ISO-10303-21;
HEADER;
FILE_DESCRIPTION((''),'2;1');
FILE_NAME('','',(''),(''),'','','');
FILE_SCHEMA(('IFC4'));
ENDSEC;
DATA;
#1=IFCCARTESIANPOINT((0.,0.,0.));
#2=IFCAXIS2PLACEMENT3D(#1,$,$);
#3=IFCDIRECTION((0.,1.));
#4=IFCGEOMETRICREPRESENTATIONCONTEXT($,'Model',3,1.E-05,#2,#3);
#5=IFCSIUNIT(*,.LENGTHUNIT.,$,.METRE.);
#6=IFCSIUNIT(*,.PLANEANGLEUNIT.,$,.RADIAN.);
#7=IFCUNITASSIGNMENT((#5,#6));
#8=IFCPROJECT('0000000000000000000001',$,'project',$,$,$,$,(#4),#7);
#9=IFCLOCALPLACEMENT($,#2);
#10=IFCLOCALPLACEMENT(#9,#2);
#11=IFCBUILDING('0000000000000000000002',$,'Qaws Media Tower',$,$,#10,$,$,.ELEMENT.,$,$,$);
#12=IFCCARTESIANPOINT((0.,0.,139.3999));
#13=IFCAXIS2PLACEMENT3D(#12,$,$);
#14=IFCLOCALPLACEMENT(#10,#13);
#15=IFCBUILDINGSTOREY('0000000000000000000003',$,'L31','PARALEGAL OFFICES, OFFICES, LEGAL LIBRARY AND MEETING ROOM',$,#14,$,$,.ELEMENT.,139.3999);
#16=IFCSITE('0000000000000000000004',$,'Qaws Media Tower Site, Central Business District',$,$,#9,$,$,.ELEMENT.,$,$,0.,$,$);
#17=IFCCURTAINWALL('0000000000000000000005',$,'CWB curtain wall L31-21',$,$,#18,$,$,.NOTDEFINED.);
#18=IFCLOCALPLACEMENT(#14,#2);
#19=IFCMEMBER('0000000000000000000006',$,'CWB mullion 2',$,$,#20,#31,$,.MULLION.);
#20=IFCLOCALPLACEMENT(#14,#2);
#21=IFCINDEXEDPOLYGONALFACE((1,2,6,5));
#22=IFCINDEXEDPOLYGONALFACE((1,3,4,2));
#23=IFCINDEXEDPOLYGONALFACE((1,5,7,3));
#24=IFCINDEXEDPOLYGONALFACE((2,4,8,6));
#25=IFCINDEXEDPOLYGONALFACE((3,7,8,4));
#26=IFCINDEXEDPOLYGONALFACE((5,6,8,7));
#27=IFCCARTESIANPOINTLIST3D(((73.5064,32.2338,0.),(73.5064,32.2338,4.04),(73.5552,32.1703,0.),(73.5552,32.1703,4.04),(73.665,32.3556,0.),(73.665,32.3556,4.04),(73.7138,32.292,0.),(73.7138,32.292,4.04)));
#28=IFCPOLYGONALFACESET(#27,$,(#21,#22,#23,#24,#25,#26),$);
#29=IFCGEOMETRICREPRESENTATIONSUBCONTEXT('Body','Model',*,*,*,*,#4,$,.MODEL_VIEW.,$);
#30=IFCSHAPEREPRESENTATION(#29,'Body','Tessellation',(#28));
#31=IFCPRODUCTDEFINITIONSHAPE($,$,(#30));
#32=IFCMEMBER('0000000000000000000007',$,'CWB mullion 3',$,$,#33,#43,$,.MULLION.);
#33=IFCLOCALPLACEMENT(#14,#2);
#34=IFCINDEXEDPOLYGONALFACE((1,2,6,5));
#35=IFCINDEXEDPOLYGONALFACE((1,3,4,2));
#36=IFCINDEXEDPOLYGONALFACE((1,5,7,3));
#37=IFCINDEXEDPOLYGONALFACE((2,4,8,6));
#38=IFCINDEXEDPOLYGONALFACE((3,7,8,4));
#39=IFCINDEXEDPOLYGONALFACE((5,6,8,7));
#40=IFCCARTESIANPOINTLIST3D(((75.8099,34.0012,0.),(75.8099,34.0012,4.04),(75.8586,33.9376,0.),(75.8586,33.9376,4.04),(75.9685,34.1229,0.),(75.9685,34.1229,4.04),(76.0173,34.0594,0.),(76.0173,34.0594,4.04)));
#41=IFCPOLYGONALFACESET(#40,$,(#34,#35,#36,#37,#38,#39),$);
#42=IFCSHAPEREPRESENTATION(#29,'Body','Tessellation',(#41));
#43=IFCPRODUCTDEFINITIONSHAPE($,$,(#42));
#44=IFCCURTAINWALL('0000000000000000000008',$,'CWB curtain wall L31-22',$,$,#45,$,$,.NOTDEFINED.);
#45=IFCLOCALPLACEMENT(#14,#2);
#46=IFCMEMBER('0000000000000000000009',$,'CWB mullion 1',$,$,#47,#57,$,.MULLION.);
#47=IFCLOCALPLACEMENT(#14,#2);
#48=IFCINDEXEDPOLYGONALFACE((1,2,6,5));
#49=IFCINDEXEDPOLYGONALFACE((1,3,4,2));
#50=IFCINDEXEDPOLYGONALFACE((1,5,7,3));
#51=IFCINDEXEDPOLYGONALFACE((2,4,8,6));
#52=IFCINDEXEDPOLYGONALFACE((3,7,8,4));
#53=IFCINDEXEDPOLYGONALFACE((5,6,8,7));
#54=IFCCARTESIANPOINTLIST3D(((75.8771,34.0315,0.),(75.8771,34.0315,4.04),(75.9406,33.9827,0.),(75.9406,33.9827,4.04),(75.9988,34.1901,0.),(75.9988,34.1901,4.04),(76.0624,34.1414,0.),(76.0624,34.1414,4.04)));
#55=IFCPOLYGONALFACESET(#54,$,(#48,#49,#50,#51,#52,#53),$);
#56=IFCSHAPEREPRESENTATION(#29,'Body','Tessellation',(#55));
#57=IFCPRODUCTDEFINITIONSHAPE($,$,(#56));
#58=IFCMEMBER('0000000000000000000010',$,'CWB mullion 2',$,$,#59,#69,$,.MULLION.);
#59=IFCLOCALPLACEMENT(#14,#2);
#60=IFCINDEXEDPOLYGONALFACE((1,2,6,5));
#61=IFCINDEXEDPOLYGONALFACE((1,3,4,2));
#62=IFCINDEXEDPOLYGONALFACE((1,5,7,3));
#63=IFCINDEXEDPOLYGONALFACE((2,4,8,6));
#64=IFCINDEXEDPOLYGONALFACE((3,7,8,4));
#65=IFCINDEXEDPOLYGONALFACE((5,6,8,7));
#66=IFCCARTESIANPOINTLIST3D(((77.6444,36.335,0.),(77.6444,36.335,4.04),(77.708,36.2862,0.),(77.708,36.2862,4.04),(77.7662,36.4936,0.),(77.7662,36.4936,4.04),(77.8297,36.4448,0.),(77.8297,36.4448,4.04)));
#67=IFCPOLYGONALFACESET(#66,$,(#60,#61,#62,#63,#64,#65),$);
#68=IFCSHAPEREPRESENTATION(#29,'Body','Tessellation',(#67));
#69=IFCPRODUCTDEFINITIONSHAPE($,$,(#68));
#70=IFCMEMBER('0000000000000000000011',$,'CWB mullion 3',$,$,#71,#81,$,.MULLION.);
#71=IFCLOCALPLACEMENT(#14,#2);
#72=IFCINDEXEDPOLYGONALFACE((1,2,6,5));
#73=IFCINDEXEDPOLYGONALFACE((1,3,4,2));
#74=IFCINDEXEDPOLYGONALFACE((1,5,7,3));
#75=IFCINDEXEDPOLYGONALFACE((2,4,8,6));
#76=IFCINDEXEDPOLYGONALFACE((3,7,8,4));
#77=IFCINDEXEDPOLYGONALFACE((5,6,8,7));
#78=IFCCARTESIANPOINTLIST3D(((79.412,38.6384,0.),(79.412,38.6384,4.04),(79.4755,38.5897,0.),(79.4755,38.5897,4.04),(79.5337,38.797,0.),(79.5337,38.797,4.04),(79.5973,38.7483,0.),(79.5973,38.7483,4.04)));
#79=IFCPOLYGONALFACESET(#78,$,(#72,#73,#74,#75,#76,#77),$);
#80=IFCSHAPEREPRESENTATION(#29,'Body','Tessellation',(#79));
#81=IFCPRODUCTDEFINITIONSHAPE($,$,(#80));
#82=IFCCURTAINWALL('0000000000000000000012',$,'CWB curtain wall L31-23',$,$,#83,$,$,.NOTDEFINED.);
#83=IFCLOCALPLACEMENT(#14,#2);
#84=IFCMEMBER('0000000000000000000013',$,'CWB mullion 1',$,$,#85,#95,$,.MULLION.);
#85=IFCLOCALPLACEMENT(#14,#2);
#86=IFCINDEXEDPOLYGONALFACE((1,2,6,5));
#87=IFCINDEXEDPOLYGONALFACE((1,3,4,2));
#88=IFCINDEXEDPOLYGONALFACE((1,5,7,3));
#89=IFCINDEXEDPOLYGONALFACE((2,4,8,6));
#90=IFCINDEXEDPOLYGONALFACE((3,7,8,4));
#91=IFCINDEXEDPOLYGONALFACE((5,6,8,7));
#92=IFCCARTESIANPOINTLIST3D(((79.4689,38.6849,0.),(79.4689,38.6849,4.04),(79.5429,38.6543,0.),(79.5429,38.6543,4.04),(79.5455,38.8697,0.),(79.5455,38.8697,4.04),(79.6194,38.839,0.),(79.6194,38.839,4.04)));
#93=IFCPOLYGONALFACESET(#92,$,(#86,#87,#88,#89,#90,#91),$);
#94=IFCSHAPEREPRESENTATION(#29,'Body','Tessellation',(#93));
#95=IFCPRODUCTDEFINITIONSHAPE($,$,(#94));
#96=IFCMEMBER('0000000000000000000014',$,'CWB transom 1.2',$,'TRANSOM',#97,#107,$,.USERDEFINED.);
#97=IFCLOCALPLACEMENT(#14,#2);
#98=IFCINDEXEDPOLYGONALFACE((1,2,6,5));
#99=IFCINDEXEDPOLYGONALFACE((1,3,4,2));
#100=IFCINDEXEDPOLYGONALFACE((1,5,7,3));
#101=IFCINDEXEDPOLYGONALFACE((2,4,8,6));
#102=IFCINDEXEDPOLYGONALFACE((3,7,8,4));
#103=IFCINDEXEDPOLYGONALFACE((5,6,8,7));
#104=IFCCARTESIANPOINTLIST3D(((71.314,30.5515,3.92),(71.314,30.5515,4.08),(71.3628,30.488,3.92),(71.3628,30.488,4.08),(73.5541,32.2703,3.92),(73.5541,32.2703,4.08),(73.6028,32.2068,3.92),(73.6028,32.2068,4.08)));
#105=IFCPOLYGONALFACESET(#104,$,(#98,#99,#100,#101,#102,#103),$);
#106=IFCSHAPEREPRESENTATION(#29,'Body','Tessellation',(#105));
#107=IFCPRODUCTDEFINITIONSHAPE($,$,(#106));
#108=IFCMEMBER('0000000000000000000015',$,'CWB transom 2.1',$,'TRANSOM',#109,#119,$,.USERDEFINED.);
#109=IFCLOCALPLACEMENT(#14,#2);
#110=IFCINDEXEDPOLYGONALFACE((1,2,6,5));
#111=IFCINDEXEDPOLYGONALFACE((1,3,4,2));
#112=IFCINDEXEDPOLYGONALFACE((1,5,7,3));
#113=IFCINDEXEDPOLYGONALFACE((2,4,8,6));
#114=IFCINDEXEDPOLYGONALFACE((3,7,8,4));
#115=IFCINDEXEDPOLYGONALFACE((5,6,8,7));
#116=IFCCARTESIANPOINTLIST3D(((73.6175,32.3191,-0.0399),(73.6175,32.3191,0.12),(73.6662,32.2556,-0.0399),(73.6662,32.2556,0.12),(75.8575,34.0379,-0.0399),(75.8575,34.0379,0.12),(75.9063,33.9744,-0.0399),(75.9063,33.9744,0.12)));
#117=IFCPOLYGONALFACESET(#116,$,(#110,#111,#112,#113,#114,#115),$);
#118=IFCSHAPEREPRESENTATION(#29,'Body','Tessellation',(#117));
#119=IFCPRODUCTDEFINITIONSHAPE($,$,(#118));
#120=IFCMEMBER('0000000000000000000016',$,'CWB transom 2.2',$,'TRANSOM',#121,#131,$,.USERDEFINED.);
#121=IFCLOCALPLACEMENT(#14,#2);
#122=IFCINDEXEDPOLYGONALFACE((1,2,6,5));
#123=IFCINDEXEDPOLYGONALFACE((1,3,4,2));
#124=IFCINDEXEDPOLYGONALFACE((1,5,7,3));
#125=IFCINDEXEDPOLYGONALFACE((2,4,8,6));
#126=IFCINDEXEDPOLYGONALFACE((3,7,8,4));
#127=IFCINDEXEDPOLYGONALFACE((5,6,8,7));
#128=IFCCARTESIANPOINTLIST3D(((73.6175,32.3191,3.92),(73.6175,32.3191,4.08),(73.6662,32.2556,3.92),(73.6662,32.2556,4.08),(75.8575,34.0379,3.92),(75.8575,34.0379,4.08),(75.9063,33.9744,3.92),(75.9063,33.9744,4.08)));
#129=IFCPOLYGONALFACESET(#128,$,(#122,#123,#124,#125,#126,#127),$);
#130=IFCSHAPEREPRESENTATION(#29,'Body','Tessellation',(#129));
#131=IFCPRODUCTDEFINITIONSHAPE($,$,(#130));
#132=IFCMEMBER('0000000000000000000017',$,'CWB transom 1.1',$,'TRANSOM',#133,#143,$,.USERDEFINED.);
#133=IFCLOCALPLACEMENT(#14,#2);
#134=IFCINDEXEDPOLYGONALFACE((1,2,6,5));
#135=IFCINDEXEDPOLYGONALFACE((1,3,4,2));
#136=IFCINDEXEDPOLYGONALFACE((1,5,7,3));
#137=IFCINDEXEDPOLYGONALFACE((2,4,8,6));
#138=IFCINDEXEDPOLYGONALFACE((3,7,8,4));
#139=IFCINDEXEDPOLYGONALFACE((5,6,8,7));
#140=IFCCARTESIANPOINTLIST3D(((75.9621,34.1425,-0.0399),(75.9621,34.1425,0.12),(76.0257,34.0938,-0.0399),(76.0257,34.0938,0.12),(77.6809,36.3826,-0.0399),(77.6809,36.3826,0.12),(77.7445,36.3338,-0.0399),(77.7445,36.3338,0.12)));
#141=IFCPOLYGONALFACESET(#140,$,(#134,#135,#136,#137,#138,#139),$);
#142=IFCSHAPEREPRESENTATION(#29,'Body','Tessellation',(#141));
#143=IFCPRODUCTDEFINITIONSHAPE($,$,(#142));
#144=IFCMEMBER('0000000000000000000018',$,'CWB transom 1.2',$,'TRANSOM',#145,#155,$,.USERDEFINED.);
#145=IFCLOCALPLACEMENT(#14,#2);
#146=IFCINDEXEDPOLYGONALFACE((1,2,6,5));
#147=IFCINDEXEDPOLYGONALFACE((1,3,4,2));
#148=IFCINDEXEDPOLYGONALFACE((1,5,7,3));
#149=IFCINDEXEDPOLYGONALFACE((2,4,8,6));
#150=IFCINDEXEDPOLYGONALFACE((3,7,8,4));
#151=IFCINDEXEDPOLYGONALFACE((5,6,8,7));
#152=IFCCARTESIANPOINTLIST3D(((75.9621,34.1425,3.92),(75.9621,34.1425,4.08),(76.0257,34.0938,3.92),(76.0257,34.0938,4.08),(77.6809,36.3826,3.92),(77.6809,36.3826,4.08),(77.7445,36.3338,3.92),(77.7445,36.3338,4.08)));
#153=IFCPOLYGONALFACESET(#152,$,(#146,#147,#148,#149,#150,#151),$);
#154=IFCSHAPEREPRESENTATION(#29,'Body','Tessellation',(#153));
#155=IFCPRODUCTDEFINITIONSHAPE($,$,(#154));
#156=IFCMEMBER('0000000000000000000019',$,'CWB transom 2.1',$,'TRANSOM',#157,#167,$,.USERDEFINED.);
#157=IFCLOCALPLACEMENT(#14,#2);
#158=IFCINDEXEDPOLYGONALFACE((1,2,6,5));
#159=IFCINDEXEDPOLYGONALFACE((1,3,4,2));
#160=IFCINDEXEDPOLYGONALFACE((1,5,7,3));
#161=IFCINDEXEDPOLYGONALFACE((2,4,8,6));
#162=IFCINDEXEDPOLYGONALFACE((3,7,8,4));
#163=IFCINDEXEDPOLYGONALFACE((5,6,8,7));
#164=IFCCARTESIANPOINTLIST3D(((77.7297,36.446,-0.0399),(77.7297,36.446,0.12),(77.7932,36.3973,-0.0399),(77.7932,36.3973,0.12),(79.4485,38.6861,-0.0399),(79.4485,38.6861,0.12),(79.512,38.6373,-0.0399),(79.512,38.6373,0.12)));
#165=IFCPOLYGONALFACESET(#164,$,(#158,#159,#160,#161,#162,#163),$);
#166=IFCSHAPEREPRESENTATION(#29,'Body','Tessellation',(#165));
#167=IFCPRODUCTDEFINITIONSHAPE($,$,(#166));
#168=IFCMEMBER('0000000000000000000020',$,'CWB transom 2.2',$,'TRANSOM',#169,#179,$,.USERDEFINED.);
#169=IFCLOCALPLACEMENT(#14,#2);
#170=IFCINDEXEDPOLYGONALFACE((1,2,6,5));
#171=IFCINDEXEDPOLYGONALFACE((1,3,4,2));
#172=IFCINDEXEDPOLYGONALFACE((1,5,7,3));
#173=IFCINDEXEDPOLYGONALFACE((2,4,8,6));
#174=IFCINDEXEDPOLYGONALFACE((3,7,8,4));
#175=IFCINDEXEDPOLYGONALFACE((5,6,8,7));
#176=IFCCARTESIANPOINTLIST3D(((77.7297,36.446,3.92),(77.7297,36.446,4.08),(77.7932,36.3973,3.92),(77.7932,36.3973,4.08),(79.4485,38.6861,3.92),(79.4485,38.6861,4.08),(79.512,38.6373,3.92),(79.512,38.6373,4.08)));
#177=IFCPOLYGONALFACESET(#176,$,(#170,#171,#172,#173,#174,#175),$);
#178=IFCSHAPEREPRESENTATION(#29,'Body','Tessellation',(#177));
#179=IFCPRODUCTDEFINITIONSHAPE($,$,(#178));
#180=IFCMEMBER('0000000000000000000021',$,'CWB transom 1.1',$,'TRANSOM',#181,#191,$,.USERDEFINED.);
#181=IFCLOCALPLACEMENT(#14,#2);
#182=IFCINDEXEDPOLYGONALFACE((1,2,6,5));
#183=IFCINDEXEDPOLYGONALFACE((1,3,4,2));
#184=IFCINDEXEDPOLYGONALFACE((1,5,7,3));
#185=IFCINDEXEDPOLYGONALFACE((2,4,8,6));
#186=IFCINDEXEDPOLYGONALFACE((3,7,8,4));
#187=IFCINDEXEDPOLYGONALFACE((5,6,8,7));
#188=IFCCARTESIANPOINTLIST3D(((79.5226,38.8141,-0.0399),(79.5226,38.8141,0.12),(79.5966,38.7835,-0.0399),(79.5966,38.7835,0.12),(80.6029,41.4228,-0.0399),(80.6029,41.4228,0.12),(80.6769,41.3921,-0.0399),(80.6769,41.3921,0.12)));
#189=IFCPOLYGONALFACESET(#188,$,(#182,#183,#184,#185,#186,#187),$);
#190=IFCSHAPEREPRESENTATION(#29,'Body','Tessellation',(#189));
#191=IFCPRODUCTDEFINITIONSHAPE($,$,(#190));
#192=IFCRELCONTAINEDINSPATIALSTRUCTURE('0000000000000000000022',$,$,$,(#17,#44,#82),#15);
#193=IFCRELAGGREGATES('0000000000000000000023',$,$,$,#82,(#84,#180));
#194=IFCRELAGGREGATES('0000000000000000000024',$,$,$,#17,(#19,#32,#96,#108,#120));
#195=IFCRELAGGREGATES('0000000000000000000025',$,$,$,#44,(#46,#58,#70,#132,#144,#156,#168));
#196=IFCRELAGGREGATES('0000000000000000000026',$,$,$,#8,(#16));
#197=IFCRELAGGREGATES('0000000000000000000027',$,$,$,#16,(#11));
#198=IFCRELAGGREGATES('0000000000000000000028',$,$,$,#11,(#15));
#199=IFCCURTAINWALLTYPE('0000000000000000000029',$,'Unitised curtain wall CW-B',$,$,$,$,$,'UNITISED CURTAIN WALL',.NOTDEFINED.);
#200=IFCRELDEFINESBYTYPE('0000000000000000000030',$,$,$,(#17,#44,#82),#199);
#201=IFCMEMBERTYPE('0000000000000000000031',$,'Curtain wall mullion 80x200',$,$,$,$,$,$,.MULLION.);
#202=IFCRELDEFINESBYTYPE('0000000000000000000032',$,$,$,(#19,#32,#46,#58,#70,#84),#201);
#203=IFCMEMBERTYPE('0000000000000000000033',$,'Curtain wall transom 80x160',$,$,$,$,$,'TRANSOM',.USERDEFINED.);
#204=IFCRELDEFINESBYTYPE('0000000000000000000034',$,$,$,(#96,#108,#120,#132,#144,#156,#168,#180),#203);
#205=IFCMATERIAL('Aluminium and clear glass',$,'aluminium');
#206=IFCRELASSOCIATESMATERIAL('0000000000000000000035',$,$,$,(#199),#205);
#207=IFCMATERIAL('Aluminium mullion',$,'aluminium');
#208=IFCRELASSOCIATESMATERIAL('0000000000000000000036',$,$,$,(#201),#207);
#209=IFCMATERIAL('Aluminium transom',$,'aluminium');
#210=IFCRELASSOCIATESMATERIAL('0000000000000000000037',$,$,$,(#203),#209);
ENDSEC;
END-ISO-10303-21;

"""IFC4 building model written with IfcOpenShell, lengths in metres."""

from ifc_helpers import new_model, si_unit, direction, frame, origin, origin_2d, place, context, subcontext, project, spatial, rectangle, extrude, material, material_profile, profile_set, type_object, element, aggregate, save


model = new_model("IFC4")

# Units and contexts
model_context = context("Model", 3, precision=1e-05, world=origin(), true_north=direction((0.0, 1.0)))
body_context = subcontext(model_context, "Body", "Model", "MODEL_VIEW")
ifc_project = project(units=[si_unit("LENGTHUNIT", "METRE"), si_unit("PLANEANGLEUNIT", "RADIAN")], contexts=[model_context])

# Site, building, storey
site_placement = place(None, origin())
site = spatial("IfcSite", under=ifc_project, at=site_placement, Name="Qaws Media Tower Site, Central Business District", CompositionType="ELEMENT", RefElevation=0.0)
building_placement = place(site_placement, origin())
building = spatial("IfcBuilding", under=site, at=building_placement, Name="Qaws Media Tower", CompositionType="ELEMENT")
storey_placement = place(building_placement, frame((0.0, 0.0, 139.3999)))
storey = spatial("IfcBuildingStorey", under=building, at=storey_placement, Name="L31", Description="PARALEGAL OFFICES, OFFICES, LEGAL LIBRARY AND MEETING ROOM", CompositionType="ELEMENT", Elevation=139.3999)

# Curtain walls, members
ifc_material_1 = material(Name="Aluminium and clear glass", Category="aluminium")
curtain_wall_type = type_object("IfcCurtainWallType", Name="Unitised curtain wall CW-B", ElementType="UNITISED CURTAIN WALL", PredefinedType="NOTDEFINED", material=ifc_material_1)
curtain_wall_1_placement = place(storey_placement, origin())
curtain_wall_1 = element("IfcCurtainWall", 1, at=curtain_wall_1_placement, inside=storey, type_object=curtain_wall_type, Name="CWB curtain wall L31-21", PredefinedType="NOTDEFINED")
ifc_material_2 = material(Name="Aluminium mullion", Category="aluminium")
ifc_material_profile_1 = material_profile(ifc_material_2, rectangle(XDim=0.0801, YDim=0.2, at=origin_2d()), Name="80x200")
ifc_profile_set_1 = profile_set([ifc_material_profile_1], Name="Aluminium mullion")
member_type_1 = type_object("IfcMemberType", Name="Curtain wall mullion 80x200", PredefinedType="MULLION", material=ifc_profile_set_1)
member_1_placement = place(storey_placement, frame((73.6101, 32.2629, 0.0), z_axis=(0.0, 0.0, 1.0), x_axis=(-0.608761, 0.793353, 0.0)))
member_1 = element("IfcMember", 2, at=member_1_placement, type_object=member_type_1, Name="CWB mullion 2", PredefinedType="MULLION", context=body_context, shape_type="SweptSolid", body=[
    extrude(rectangle(XDim=0.0801, YDim=0.2, at=origin_2d()), origin(), (0.0, 0.0, 1.0), 4.04),
])
member_2_placement = place(storey_placement, frame((75.9136, 34.0303, 0.0), z_axis=(0.0, 0.0, 1.0), x_axis=(-0.608761, 0.793353, 0.0)))
member_2 = element("IfcMember", 3, at=member_2_placement, type_object=member_type_1, Name="CWB mullion 3", PredefinedType="MULLION", context=body_context, shape_type="SweptSolid", body=[
    extrude(rectangle(XDim=0.0801, YDim=0.2, at=origin_2d()), origin(), (0.0, 0.0, 1.0), 4.04),
])
curtain_wall_2_placement = place(storey_placement, origin())
curtain_wall_2 = element("IfcCurtainWall", 4, at=curtain_wall_2_placement, inside=storey, type_object=curtain_wall_type, Name="CWB curtain wall L31-22", PredefinedType="NOTDEFINED")
member_3_placement = place(storey_placement, frame((75.9697, 34.0864, 0.0), z_axis=(0.0, 0.0, 1.0), x_axis=(-0.793353, 0.608761, 0.0)))
member_3 = element("IfcMember", 5, at=member_3_placement, type_object=member_type_1, Name="CWB mullion 1", PredefinedType="MULLION", context=body_context, shape_type="SweptSolid", body=[
    extrude(rectangle(XDim=0.0801, YDim=0.2, at=origin_2d()), origin(), (0.0, 0.0, 1.0), 4.04),
])
member_4_placement = place(storey_placement, frame((77.7371, 36.3899, 0.0), z_axis=(0.0, 0.0, 1.0), x_axis=(-0.793353, 0.608761, 0.0)))
member_4 = element("IfcMember", 6, at=member_4_placement, type_object=member_type_1, Name="CWB mullion 2", PredefinedType="MULLION", context=body_context, shape_type="SweptSolid", body=[
    extrude(rectangle(XDim=0.0801, YDim=0.2, at=origin_2d()), origin(), (0.0, 0.0, 1.0), 4.04),
])
member_5_placement = place(storey_placement, frame((79.5046, 38.6934, 0.0), z_axis=(0.0, 0.0, 1.0), x_axis=(-0.793353, 0.608761, 0.0)))
member_5 = element("IfcMember", 7, at=member_5_placement, type_object=member_type_1, Name="CWB mullion 3", PredefinedType="MULLION", context=body_context, shape_type="SweptSolid", body=[
    extrude(rectangle(XDim=0.0801, YDim=0.2, at=origin_2d()), origin(), (0.0, 0.0, 1.0), 4.04),
])

# Curtain wall, member
curtain_wall_3_placement = place(storey_placement, origin())
curtain_wall_3 = element("IfcCurtainWall", 8, at=curtain_wall_3_placement, inside=storey, type_object=curtain_wall_type, Name="CWB curtain wall L31-23", PredefinedType="NOTDEFINED")
member_6_placement = place(storey_placement, frame((79.5442, 38.762, 0.0), z_axis=(0.0, 0.0, 1.0), x_axis=(-0.92388, 0.382683, 0.0)))
member_6 = element("IfcMember", 9, at=member_6_placement, type_object=member_type_1, Name="CWB mullion 1", PredefinedType="MULLION", context=body_context, shape_type="SweptSolid", body=[
    extrude(rectangle(XDim=0.0801, YDim=0.2, at=origin_2d()), origin(), (0.0, 0.0, 1.0), 4.04),
])

# Members
ifc_material_3 = material(Name="Aluminium transom", Category="aluminium")
ifc_material_profile_2 = material_profile(ifc_material_3, rectangle(XDim=0.0801, YDim=0.1599, at=origin_2d()), Name="80x160")
ifc_profile_set_2 = profile_set([ifc_material_profile_2], Name="Aluminium transom")
member_type_2 = type_object("IfcMemberType", Name="Curtain wall transom 80x160", ElementType="TRANSOM", PredefinedType="USERDEFINED", material=ifc_profile_set_2)
member_7_placement = place(storey_placement, frame((71.3384, 30.5198, 4.0), z_axis=(0.793363, 0.608749, 0.0), x_axis=(-0.608749, 0.793363, 0.0)))
member_7 = element("IfcMember", 10, at=member_7_placement, type_object=member_type_2, Name="CWB transom 1.2", ObjectType="TRANSOM", PredefinedType="USERDEFINED", context=body_context, shape_type="SweptSolid", body=[
    extrude(rectangle(XDim=0.0801, YDim=0.1599, at=origin_2d()), origin(), (0.0, 0.0, 1.0), 2.8235),
])
member_8_placement = place(storey_placement, frame((73.6418, 32.2874, 0.04), z_axis=(0.793363, 0.608749, 0.0), x_axis=(-0.608749, 0.793363, 0.0)))
member_8 = element("IfcMember", 11, at=member_8_placement, type_object=member_type_2, Name="CWB transom 2.1", ObjectType="TRANSOM", PredefinedType="USERDEFINED", context=body_context, shape_type="SweptSolid", body=[
    extrude(rectangle(XDim=0.0801, YDim=0.1599, at=origin_2d()), origin(), (0.0, 0.0, 1.0), 2.8235),
])
member_9_placement = place(storey_placement, frame((73.6418, 32.2874, 4.0), z_axis=(0.793363, 0.608749, 0.0), x_axis=(-0.608749, 0.793363, 0.0)))
member_9 = element("IfcMember", 12, at=member_9_placement, type_object=member_type_2, Name="CWB transom 2.2", ObjectType="TRANSOM", PredefinedType="USERDEFINED", context=body_context, shape_type="SweptSolid", body=[
    extrude(rectangle(XDim=0.0801, YDim=0.1599, at=origin_2d()), origin(), (0.0, 0.0, 1.0), 2.8235),
])
member_10_placement = place(storey_placement, frame((75.9939, 34.1182, 0.04), z_axis=(0.608749, 0.793363, 0.0), x_axis=(-0.793363, 0.608749, 0.0)))
member_10 = element("IfcMember", 13, at=member_10_placement, type_object=member_type_2, Name="CWB transom 1.1", ObjectType="TRANSOM", PredefinedType="USERDEFINED", context=body_context, shape_type="SweptSolid", body=[
    extrude(rectangle(XDim=0.0801, YDim=0.1599, at=origin_2d()), origin(), (0.0, 0.0, 1.0), 2.8235),
])
member_11_placement = place(storey_placement, frame((75.9939, 34.1182, 4.0), z_axis=(0.608749, 0.793363, 0.0), x_axis=(-0.793363, 0.608749, 0.0)))
member_11 = element("IfcMember", 14, at=member_11_placement, type_object=member_type_2, Name="CWB transom 1.2", ObjectType="TRANSOM", PredefinedType="USERDEFINED", context=body_context, shape_type="SweptSolid", body=[
    extrude(rectangle(XDim=0.0801, YDim=0.1599, at=origin_2d()), origin(), (0.0, 0.0, 1.0), 2.8235),
])
member_12_placement = place(storey_placement, frame((77.7615, 36.4216, 0.04), z_axis=(0.608749, 0.793363, 0.0), x_axis=(-0.793363, 0.608749, 0.0)))
member_12 = element("IfcMember", 15, at=member_12_placement, type_object=member_type_2, Name="CWB transom 2.1", ObjectType="TRANSOM", PredefinedType="USERDEFINED", context=body_context, shape_type="SweptSolid", body=[
    extrude(rectangle(XDim=0.0801, YDim=0.1599, at=origin_2d()), origin(), (0.0, 0.0, 1.0), 2.8235),
])
member_13_placement = place(storey_placement, frame((77.7615, 36.4216, 4.0), z_axis=(0.608749, 0.793363, 0.0), x_axis=(-0.793363, 0.608749, 0.0)))
member_13 = element("IfcMember", 16, at=member_13_placement, type_object=member_type_2, Name="CWB transom 2.2", ObjectType="TRANSOM", PredefinedType="USERDEFINED", context=body_context, shape_type="SweptSolid", body=[
    extrude(rectangle(XDim=0.0801, YDim=0.1599, at=origin_2d()), origin(), (0.0, 0.0, 1.0), 2.8235),
])
member_14_placement = place(storey_placement, frame((79.5596, 38.7988, 0.04), z_axis=(0.382619, 0.923906, 0.0), x_axis=(-0.923906, 0.382619, 0.0)))
member_14 = element("IfcMember", 17, at=member_14_placement, type_object=member_type_2, Name="CWB transom 1.1", ObjectType="TRANSOM", PredefinedType="USERDEFINED", context=body_context, shape_type="SweptSolid", body=[
    extrude(rectangle(XDim=0.0801, YDim=0.1599, at=origin_2d()), origin(), (0.0, 0.0, 1.0), 2.8235),
])
aggregate(curtain_wall_3, [member_6, member_14])

aggregate(curtain_wall_1, [member_1, member_2, member_7, member_8, member_9])
aggregate(curtain_wall_2, [member_3, member_4, member_5, member_10, member_11, member_12, member_13])

save(model, "model.ifc")
